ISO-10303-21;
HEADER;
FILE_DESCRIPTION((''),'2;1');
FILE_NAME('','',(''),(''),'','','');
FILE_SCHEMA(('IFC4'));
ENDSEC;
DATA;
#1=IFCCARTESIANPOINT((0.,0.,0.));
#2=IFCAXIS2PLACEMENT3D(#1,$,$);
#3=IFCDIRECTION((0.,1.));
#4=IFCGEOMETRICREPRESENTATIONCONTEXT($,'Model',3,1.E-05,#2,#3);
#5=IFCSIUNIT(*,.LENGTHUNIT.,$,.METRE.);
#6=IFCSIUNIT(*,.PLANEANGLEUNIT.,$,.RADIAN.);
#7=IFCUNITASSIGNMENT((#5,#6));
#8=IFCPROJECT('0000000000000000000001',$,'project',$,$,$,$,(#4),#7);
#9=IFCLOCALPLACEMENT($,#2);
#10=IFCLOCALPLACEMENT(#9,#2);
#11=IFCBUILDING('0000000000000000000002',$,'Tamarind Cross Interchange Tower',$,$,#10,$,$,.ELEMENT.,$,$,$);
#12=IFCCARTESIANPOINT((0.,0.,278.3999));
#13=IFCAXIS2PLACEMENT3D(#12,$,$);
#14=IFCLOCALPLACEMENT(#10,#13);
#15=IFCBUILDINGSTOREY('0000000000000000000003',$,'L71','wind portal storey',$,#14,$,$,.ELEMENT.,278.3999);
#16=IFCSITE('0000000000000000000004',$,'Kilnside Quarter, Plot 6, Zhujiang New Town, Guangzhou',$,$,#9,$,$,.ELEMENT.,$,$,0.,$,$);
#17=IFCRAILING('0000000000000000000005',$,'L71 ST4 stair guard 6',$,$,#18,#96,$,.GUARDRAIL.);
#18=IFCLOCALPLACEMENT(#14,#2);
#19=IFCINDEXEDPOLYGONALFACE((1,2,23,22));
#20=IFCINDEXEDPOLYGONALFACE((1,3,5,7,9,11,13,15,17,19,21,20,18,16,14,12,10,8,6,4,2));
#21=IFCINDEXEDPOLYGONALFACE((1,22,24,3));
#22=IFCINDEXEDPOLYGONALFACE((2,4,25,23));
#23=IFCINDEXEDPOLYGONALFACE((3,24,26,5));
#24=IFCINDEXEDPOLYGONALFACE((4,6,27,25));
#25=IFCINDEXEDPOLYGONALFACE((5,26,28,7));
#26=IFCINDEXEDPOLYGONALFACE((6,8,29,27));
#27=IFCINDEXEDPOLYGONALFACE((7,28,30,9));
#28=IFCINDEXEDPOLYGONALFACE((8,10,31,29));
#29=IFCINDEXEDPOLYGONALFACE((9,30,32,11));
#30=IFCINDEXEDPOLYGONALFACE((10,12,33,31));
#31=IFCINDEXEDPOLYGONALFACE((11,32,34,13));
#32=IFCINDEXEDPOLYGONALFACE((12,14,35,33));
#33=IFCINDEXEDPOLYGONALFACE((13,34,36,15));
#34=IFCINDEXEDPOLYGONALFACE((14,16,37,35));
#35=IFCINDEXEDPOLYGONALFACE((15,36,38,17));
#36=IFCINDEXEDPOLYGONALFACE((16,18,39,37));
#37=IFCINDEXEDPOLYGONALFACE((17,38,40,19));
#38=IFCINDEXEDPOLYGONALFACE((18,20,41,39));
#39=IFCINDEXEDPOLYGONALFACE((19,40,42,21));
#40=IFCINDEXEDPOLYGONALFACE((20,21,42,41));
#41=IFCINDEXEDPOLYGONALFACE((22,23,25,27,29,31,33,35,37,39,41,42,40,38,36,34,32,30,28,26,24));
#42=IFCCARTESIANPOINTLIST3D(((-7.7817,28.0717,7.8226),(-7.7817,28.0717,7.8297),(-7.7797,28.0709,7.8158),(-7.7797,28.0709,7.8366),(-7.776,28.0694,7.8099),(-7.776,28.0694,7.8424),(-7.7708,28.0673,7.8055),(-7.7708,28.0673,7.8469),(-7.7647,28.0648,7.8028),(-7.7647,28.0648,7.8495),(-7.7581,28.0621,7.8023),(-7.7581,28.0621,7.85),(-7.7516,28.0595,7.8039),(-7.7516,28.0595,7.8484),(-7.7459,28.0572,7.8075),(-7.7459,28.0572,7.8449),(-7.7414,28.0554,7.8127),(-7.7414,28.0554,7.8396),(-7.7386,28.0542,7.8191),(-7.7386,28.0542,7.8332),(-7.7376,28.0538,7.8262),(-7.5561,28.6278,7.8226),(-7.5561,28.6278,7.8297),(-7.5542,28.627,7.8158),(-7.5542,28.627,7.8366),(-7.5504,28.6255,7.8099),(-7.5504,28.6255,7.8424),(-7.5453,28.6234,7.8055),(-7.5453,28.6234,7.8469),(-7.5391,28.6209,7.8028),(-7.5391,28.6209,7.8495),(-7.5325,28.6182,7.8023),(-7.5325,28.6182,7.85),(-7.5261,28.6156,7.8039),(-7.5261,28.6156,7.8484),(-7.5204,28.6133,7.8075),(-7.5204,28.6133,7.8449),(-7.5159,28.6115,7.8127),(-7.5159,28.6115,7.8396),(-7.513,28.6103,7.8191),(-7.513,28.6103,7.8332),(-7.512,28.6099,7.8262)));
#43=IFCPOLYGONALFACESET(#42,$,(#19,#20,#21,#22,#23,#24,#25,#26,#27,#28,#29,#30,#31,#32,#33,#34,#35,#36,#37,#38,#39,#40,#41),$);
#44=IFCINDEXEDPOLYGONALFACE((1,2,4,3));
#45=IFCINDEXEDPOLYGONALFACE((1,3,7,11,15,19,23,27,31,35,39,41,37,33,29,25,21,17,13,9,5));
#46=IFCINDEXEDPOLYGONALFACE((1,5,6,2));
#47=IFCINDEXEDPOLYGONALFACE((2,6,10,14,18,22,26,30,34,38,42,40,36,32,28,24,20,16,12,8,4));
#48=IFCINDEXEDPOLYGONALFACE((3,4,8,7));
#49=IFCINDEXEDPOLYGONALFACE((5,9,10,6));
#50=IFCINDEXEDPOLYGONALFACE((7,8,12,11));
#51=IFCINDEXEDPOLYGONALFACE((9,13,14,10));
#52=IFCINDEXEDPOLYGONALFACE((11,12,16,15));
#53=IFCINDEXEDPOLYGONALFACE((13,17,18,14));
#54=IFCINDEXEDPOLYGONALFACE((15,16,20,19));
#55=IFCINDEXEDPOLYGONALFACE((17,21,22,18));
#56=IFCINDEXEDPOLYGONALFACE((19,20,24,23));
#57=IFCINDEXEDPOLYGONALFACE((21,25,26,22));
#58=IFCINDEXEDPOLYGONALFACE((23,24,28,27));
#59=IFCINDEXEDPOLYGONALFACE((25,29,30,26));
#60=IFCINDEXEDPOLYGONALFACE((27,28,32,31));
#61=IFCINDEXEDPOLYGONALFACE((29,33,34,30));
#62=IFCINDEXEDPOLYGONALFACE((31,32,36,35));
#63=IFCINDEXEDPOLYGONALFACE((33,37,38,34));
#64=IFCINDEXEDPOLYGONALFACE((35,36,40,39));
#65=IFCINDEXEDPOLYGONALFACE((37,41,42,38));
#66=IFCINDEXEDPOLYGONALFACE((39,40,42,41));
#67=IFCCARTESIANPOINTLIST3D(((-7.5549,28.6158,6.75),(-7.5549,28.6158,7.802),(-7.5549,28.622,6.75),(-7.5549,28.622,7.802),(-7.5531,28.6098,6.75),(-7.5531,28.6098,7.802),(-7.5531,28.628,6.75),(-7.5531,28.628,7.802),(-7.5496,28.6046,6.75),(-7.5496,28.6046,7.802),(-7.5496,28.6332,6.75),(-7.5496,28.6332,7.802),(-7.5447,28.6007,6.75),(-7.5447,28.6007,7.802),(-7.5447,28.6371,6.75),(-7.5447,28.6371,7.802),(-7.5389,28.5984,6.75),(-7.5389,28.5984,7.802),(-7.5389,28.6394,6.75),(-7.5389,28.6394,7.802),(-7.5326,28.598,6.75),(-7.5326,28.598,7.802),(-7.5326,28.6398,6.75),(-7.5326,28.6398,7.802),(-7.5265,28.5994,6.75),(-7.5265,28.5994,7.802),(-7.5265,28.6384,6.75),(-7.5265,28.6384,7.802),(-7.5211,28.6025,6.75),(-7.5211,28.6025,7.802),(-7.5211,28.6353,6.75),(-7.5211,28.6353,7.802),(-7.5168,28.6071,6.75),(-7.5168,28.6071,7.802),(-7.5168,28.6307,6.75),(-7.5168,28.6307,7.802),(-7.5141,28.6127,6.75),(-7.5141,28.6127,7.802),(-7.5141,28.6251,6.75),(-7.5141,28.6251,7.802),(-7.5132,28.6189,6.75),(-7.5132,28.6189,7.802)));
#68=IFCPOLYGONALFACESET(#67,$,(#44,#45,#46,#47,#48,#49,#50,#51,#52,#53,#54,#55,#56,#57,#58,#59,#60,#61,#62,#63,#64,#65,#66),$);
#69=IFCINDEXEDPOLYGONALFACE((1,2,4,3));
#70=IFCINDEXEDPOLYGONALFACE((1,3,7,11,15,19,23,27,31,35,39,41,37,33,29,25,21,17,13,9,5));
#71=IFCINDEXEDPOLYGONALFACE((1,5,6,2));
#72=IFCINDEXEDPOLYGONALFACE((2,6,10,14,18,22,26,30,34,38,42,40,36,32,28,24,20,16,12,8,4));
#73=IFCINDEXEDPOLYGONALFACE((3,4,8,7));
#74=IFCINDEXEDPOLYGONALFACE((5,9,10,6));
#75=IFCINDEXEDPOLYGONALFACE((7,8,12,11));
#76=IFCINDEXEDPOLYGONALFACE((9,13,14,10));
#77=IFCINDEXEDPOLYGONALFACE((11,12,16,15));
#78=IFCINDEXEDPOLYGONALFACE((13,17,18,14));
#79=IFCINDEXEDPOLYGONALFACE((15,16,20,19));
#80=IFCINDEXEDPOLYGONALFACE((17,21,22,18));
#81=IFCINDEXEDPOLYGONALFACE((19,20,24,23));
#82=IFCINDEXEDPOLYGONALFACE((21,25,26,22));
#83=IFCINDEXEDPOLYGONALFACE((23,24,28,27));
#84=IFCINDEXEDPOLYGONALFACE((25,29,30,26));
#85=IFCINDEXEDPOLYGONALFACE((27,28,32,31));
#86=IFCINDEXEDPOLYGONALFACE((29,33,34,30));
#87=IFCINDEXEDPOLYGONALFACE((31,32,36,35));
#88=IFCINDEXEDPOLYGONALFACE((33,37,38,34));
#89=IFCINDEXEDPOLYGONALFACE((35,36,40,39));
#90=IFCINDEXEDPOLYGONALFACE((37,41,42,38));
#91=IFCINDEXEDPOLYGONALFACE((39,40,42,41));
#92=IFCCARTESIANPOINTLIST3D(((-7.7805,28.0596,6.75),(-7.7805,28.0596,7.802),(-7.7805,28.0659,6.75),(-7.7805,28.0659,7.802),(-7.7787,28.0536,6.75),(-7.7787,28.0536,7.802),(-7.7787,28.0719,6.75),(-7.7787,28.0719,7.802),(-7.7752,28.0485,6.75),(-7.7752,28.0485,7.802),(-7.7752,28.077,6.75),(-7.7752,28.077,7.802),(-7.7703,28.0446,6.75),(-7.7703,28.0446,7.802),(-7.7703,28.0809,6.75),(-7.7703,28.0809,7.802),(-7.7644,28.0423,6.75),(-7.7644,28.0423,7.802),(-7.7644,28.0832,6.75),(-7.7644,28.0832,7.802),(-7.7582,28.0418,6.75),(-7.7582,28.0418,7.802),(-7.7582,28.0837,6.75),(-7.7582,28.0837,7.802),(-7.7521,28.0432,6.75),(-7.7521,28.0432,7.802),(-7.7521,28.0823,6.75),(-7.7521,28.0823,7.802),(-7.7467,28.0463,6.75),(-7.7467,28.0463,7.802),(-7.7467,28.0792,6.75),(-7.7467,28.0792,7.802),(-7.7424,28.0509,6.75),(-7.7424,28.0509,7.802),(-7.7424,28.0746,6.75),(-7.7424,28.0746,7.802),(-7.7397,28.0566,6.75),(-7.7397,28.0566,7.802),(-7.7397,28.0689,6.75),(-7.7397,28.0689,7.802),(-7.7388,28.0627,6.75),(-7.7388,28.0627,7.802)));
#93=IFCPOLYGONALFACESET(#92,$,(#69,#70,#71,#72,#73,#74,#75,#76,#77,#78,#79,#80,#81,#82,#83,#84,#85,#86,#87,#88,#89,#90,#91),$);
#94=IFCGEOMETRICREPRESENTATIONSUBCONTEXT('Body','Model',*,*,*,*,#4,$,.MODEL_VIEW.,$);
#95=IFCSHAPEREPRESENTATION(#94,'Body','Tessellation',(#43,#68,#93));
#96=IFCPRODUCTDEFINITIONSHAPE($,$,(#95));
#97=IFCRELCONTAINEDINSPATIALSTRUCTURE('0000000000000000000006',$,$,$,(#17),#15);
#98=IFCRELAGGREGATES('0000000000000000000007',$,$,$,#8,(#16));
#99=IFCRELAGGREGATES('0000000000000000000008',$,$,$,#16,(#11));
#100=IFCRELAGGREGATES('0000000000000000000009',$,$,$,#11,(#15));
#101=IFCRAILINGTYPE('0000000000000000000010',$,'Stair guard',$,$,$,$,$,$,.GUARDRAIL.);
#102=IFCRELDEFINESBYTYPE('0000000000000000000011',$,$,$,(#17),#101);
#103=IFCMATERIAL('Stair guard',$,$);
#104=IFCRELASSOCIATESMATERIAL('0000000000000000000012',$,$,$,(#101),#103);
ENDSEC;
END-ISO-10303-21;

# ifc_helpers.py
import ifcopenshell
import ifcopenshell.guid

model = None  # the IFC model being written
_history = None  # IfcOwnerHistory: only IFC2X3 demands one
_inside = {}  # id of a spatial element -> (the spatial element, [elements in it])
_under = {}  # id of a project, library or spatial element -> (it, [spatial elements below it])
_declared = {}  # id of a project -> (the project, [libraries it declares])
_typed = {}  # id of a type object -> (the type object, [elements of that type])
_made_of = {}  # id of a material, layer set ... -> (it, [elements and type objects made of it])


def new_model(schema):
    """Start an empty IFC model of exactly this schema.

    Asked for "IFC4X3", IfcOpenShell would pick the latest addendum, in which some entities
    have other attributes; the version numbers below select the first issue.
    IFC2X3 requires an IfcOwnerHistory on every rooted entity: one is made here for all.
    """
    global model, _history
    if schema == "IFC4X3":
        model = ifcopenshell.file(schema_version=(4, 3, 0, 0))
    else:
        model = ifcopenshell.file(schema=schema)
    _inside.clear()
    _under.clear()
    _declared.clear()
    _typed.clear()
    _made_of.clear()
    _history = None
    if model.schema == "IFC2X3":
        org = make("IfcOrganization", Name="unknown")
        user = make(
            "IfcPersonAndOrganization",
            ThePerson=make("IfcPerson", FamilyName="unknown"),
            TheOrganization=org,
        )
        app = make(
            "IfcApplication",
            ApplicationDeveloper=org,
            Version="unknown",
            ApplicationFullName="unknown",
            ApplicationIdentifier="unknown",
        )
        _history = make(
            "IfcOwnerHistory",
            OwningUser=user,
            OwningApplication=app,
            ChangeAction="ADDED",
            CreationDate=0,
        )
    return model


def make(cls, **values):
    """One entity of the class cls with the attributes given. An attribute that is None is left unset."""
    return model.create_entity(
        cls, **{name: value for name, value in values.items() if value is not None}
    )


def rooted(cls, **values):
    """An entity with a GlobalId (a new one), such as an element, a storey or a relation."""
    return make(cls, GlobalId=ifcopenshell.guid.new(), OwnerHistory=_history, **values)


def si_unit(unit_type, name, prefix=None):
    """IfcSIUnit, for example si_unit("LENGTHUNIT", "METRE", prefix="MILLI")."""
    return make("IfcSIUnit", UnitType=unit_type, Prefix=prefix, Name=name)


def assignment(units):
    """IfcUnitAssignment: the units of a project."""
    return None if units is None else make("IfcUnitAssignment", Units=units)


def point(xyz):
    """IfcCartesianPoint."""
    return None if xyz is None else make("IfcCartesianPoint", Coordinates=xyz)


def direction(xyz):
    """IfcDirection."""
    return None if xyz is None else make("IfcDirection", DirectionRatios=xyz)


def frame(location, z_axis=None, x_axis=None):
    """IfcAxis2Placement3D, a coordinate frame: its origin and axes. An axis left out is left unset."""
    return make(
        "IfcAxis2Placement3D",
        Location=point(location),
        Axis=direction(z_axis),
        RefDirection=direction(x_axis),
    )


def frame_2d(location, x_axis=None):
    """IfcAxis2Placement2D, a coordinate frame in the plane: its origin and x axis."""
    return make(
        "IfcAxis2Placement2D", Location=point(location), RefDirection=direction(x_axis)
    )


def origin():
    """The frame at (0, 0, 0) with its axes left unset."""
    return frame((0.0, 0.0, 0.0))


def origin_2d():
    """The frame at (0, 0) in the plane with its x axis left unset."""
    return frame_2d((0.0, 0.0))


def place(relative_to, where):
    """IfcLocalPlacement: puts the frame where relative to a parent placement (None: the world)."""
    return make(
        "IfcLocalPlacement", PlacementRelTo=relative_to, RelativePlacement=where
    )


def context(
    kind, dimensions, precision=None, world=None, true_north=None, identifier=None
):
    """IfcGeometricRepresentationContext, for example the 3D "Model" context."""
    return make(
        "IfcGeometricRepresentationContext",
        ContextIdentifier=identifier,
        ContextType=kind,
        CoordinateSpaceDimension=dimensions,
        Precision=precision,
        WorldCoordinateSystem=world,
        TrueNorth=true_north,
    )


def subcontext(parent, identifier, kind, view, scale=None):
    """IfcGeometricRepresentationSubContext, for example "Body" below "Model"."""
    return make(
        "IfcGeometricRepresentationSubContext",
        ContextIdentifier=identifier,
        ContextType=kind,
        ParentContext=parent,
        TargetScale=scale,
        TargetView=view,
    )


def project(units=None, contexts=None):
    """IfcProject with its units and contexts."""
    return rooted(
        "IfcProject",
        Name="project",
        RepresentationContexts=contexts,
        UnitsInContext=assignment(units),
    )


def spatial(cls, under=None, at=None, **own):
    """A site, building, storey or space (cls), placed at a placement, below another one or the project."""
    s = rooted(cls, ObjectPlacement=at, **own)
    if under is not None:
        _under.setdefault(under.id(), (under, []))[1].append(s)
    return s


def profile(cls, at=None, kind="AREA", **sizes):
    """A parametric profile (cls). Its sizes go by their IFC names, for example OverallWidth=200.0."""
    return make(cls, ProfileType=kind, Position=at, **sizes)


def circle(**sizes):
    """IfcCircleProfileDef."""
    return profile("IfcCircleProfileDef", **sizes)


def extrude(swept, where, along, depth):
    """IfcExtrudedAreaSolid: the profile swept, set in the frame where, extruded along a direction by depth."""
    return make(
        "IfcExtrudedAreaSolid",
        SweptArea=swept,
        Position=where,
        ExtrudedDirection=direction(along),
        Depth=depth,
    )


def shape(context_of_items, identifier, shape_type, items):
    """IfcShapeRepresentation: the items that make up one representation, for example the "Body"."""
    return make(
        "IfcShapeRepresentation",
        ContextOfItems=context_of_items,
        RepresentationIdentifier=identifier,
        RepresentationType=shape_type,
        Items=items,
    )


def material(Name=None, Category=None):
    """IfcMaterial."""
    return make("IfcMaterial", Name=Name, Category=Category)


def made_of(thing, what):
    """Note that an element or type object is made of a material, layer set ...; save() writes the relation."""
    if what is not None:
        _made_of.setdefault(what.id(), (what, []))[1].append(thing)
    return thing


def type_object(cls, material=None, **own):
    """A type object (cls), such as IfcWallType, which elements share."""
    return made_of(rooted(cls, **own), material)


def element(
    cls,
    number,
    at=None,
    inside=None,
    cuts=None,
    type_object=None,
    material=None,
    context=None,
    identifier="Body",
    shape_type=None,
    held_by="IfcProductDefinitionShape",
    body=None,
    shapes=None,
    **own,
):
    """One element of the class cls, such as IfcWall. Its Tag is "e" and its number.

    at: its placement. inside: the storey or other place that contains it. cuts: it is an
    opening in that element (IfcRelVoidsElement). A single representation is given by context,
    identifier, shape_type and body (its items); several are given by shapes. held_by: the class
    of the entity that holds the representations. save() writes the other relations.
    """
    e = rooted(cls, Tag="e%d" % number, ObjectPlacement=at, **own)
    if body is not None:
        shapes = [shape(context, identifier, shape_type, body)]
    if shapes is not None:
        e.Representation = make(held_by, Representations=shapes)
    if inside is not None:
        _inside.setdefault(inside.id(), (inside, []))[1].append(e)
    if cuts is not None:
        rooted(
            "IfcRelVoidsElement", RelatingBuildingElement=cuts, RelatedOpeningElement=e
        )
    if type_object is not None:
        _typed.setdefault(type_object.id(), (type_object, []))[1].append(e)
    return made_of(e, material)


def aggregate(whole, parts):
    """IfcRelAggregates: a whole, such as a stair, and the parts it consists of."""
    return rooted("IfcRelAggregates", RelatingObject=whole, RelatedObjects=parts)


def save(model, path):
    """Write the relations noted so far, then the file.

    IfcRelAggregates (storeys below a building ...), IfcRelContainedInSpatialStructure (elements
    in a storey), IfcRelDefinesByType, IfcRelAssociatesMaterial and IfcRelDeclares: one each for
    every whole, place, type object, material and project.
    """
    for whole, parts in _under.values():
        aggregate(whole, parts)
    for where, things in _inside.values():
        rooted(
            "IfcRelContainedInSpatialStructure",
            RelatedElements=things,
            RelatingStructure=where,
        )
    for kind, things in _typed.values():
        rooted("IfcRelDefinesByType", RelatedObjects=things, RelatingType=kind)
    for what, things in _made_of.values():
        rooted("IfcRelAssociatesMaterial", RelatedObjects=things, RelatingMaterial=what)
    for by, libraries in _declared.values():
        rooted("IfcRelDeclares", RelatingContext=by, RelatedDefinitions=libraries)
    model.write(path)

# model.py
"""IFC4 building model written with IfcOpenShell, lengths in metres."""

from ifc_helpers import new_model, si_unit, direction, frame, origin, origin_2d, place, context, subcontext, project, spatial, circle, extrude, material, type_object, element, save


model = new_model("IFC4")

# Units and contexts
model_context = context("Model", 3, precision=1e-05, world=origin(), true_north=direction((0.0, 1.0)))
body_context = subcontext(model_context, "Body", "Model", "MODEL_VIEW")
ifc_project = project(units=[si_unit("LENGTHUNIT", "METRE"), si_unit("PLANEANGLEUNIT", "RADIAN")], contexts=[model_context])

# Site, building, storey
site_placement = place(None, origin())
site = spatial("IfcSite", under=ifc_project, at=site_placement, Name="Kilnside Quarter, Plot 6, Zhujiang New Town, Guangzhou", CompositionType="ELEMENT", RefElevation=0.0)
building_placement = place(site_placement, origin())
building = spatial("IfcBuilding", under=site, at=building_placement, Name="Tamarind Cross Interchange Tower", CompositionType="ELEMENT")
storey_placement = place(building_placement, frame((0.0, 0.0, 278.3999)))
storey = spatial("IfcBuildingStorey", under=building, at=storey_placement, Name="L71", Description="wind portal storey", CompositionType="ELEMENT", Elevation=278.3999)

# Railing
ifc_material_1 = material(Name="Stair guard")
railing_type_1 = type_object("IfcRailingType", Name="Stair guard", PredefinedType="GUARDRAIL", material=ifc_material_1)
railing_1_placement = place(storey_placement, frame((-7.5342, 28.6189, 6.75)))
element("IfcRailing", 1, at=railing_1_placement, inside=storey, type_object=railing_type_1, Name="L71 ST4 stair guard 6", PredefinedType="GUARDRAIL", context=body_context, shape_type="SweptSolid", body=[
    extrude(circle(Radius=0.0239, at=origin_2d()), frame((0.0, 0.0, 1.0762), z_axis=(-0.375875, -0.92667, 0.0), x_axis=(0.92667, -0.375875, 0.0)), (0.0, 0.0, 1.0), 0.6001),
    extrude(circle(Radius=0.021, at=origin_2d()), origin(), (0.0, 0.0, 1.0), 1.052),
    extrude(circle(Radius=0.021, at=origin_2d()), frame((-0.2256, -0.5562, 0.0)), (0.0, 0.0, 1.0), 1.052),
])

save(model, "model.ifc")
